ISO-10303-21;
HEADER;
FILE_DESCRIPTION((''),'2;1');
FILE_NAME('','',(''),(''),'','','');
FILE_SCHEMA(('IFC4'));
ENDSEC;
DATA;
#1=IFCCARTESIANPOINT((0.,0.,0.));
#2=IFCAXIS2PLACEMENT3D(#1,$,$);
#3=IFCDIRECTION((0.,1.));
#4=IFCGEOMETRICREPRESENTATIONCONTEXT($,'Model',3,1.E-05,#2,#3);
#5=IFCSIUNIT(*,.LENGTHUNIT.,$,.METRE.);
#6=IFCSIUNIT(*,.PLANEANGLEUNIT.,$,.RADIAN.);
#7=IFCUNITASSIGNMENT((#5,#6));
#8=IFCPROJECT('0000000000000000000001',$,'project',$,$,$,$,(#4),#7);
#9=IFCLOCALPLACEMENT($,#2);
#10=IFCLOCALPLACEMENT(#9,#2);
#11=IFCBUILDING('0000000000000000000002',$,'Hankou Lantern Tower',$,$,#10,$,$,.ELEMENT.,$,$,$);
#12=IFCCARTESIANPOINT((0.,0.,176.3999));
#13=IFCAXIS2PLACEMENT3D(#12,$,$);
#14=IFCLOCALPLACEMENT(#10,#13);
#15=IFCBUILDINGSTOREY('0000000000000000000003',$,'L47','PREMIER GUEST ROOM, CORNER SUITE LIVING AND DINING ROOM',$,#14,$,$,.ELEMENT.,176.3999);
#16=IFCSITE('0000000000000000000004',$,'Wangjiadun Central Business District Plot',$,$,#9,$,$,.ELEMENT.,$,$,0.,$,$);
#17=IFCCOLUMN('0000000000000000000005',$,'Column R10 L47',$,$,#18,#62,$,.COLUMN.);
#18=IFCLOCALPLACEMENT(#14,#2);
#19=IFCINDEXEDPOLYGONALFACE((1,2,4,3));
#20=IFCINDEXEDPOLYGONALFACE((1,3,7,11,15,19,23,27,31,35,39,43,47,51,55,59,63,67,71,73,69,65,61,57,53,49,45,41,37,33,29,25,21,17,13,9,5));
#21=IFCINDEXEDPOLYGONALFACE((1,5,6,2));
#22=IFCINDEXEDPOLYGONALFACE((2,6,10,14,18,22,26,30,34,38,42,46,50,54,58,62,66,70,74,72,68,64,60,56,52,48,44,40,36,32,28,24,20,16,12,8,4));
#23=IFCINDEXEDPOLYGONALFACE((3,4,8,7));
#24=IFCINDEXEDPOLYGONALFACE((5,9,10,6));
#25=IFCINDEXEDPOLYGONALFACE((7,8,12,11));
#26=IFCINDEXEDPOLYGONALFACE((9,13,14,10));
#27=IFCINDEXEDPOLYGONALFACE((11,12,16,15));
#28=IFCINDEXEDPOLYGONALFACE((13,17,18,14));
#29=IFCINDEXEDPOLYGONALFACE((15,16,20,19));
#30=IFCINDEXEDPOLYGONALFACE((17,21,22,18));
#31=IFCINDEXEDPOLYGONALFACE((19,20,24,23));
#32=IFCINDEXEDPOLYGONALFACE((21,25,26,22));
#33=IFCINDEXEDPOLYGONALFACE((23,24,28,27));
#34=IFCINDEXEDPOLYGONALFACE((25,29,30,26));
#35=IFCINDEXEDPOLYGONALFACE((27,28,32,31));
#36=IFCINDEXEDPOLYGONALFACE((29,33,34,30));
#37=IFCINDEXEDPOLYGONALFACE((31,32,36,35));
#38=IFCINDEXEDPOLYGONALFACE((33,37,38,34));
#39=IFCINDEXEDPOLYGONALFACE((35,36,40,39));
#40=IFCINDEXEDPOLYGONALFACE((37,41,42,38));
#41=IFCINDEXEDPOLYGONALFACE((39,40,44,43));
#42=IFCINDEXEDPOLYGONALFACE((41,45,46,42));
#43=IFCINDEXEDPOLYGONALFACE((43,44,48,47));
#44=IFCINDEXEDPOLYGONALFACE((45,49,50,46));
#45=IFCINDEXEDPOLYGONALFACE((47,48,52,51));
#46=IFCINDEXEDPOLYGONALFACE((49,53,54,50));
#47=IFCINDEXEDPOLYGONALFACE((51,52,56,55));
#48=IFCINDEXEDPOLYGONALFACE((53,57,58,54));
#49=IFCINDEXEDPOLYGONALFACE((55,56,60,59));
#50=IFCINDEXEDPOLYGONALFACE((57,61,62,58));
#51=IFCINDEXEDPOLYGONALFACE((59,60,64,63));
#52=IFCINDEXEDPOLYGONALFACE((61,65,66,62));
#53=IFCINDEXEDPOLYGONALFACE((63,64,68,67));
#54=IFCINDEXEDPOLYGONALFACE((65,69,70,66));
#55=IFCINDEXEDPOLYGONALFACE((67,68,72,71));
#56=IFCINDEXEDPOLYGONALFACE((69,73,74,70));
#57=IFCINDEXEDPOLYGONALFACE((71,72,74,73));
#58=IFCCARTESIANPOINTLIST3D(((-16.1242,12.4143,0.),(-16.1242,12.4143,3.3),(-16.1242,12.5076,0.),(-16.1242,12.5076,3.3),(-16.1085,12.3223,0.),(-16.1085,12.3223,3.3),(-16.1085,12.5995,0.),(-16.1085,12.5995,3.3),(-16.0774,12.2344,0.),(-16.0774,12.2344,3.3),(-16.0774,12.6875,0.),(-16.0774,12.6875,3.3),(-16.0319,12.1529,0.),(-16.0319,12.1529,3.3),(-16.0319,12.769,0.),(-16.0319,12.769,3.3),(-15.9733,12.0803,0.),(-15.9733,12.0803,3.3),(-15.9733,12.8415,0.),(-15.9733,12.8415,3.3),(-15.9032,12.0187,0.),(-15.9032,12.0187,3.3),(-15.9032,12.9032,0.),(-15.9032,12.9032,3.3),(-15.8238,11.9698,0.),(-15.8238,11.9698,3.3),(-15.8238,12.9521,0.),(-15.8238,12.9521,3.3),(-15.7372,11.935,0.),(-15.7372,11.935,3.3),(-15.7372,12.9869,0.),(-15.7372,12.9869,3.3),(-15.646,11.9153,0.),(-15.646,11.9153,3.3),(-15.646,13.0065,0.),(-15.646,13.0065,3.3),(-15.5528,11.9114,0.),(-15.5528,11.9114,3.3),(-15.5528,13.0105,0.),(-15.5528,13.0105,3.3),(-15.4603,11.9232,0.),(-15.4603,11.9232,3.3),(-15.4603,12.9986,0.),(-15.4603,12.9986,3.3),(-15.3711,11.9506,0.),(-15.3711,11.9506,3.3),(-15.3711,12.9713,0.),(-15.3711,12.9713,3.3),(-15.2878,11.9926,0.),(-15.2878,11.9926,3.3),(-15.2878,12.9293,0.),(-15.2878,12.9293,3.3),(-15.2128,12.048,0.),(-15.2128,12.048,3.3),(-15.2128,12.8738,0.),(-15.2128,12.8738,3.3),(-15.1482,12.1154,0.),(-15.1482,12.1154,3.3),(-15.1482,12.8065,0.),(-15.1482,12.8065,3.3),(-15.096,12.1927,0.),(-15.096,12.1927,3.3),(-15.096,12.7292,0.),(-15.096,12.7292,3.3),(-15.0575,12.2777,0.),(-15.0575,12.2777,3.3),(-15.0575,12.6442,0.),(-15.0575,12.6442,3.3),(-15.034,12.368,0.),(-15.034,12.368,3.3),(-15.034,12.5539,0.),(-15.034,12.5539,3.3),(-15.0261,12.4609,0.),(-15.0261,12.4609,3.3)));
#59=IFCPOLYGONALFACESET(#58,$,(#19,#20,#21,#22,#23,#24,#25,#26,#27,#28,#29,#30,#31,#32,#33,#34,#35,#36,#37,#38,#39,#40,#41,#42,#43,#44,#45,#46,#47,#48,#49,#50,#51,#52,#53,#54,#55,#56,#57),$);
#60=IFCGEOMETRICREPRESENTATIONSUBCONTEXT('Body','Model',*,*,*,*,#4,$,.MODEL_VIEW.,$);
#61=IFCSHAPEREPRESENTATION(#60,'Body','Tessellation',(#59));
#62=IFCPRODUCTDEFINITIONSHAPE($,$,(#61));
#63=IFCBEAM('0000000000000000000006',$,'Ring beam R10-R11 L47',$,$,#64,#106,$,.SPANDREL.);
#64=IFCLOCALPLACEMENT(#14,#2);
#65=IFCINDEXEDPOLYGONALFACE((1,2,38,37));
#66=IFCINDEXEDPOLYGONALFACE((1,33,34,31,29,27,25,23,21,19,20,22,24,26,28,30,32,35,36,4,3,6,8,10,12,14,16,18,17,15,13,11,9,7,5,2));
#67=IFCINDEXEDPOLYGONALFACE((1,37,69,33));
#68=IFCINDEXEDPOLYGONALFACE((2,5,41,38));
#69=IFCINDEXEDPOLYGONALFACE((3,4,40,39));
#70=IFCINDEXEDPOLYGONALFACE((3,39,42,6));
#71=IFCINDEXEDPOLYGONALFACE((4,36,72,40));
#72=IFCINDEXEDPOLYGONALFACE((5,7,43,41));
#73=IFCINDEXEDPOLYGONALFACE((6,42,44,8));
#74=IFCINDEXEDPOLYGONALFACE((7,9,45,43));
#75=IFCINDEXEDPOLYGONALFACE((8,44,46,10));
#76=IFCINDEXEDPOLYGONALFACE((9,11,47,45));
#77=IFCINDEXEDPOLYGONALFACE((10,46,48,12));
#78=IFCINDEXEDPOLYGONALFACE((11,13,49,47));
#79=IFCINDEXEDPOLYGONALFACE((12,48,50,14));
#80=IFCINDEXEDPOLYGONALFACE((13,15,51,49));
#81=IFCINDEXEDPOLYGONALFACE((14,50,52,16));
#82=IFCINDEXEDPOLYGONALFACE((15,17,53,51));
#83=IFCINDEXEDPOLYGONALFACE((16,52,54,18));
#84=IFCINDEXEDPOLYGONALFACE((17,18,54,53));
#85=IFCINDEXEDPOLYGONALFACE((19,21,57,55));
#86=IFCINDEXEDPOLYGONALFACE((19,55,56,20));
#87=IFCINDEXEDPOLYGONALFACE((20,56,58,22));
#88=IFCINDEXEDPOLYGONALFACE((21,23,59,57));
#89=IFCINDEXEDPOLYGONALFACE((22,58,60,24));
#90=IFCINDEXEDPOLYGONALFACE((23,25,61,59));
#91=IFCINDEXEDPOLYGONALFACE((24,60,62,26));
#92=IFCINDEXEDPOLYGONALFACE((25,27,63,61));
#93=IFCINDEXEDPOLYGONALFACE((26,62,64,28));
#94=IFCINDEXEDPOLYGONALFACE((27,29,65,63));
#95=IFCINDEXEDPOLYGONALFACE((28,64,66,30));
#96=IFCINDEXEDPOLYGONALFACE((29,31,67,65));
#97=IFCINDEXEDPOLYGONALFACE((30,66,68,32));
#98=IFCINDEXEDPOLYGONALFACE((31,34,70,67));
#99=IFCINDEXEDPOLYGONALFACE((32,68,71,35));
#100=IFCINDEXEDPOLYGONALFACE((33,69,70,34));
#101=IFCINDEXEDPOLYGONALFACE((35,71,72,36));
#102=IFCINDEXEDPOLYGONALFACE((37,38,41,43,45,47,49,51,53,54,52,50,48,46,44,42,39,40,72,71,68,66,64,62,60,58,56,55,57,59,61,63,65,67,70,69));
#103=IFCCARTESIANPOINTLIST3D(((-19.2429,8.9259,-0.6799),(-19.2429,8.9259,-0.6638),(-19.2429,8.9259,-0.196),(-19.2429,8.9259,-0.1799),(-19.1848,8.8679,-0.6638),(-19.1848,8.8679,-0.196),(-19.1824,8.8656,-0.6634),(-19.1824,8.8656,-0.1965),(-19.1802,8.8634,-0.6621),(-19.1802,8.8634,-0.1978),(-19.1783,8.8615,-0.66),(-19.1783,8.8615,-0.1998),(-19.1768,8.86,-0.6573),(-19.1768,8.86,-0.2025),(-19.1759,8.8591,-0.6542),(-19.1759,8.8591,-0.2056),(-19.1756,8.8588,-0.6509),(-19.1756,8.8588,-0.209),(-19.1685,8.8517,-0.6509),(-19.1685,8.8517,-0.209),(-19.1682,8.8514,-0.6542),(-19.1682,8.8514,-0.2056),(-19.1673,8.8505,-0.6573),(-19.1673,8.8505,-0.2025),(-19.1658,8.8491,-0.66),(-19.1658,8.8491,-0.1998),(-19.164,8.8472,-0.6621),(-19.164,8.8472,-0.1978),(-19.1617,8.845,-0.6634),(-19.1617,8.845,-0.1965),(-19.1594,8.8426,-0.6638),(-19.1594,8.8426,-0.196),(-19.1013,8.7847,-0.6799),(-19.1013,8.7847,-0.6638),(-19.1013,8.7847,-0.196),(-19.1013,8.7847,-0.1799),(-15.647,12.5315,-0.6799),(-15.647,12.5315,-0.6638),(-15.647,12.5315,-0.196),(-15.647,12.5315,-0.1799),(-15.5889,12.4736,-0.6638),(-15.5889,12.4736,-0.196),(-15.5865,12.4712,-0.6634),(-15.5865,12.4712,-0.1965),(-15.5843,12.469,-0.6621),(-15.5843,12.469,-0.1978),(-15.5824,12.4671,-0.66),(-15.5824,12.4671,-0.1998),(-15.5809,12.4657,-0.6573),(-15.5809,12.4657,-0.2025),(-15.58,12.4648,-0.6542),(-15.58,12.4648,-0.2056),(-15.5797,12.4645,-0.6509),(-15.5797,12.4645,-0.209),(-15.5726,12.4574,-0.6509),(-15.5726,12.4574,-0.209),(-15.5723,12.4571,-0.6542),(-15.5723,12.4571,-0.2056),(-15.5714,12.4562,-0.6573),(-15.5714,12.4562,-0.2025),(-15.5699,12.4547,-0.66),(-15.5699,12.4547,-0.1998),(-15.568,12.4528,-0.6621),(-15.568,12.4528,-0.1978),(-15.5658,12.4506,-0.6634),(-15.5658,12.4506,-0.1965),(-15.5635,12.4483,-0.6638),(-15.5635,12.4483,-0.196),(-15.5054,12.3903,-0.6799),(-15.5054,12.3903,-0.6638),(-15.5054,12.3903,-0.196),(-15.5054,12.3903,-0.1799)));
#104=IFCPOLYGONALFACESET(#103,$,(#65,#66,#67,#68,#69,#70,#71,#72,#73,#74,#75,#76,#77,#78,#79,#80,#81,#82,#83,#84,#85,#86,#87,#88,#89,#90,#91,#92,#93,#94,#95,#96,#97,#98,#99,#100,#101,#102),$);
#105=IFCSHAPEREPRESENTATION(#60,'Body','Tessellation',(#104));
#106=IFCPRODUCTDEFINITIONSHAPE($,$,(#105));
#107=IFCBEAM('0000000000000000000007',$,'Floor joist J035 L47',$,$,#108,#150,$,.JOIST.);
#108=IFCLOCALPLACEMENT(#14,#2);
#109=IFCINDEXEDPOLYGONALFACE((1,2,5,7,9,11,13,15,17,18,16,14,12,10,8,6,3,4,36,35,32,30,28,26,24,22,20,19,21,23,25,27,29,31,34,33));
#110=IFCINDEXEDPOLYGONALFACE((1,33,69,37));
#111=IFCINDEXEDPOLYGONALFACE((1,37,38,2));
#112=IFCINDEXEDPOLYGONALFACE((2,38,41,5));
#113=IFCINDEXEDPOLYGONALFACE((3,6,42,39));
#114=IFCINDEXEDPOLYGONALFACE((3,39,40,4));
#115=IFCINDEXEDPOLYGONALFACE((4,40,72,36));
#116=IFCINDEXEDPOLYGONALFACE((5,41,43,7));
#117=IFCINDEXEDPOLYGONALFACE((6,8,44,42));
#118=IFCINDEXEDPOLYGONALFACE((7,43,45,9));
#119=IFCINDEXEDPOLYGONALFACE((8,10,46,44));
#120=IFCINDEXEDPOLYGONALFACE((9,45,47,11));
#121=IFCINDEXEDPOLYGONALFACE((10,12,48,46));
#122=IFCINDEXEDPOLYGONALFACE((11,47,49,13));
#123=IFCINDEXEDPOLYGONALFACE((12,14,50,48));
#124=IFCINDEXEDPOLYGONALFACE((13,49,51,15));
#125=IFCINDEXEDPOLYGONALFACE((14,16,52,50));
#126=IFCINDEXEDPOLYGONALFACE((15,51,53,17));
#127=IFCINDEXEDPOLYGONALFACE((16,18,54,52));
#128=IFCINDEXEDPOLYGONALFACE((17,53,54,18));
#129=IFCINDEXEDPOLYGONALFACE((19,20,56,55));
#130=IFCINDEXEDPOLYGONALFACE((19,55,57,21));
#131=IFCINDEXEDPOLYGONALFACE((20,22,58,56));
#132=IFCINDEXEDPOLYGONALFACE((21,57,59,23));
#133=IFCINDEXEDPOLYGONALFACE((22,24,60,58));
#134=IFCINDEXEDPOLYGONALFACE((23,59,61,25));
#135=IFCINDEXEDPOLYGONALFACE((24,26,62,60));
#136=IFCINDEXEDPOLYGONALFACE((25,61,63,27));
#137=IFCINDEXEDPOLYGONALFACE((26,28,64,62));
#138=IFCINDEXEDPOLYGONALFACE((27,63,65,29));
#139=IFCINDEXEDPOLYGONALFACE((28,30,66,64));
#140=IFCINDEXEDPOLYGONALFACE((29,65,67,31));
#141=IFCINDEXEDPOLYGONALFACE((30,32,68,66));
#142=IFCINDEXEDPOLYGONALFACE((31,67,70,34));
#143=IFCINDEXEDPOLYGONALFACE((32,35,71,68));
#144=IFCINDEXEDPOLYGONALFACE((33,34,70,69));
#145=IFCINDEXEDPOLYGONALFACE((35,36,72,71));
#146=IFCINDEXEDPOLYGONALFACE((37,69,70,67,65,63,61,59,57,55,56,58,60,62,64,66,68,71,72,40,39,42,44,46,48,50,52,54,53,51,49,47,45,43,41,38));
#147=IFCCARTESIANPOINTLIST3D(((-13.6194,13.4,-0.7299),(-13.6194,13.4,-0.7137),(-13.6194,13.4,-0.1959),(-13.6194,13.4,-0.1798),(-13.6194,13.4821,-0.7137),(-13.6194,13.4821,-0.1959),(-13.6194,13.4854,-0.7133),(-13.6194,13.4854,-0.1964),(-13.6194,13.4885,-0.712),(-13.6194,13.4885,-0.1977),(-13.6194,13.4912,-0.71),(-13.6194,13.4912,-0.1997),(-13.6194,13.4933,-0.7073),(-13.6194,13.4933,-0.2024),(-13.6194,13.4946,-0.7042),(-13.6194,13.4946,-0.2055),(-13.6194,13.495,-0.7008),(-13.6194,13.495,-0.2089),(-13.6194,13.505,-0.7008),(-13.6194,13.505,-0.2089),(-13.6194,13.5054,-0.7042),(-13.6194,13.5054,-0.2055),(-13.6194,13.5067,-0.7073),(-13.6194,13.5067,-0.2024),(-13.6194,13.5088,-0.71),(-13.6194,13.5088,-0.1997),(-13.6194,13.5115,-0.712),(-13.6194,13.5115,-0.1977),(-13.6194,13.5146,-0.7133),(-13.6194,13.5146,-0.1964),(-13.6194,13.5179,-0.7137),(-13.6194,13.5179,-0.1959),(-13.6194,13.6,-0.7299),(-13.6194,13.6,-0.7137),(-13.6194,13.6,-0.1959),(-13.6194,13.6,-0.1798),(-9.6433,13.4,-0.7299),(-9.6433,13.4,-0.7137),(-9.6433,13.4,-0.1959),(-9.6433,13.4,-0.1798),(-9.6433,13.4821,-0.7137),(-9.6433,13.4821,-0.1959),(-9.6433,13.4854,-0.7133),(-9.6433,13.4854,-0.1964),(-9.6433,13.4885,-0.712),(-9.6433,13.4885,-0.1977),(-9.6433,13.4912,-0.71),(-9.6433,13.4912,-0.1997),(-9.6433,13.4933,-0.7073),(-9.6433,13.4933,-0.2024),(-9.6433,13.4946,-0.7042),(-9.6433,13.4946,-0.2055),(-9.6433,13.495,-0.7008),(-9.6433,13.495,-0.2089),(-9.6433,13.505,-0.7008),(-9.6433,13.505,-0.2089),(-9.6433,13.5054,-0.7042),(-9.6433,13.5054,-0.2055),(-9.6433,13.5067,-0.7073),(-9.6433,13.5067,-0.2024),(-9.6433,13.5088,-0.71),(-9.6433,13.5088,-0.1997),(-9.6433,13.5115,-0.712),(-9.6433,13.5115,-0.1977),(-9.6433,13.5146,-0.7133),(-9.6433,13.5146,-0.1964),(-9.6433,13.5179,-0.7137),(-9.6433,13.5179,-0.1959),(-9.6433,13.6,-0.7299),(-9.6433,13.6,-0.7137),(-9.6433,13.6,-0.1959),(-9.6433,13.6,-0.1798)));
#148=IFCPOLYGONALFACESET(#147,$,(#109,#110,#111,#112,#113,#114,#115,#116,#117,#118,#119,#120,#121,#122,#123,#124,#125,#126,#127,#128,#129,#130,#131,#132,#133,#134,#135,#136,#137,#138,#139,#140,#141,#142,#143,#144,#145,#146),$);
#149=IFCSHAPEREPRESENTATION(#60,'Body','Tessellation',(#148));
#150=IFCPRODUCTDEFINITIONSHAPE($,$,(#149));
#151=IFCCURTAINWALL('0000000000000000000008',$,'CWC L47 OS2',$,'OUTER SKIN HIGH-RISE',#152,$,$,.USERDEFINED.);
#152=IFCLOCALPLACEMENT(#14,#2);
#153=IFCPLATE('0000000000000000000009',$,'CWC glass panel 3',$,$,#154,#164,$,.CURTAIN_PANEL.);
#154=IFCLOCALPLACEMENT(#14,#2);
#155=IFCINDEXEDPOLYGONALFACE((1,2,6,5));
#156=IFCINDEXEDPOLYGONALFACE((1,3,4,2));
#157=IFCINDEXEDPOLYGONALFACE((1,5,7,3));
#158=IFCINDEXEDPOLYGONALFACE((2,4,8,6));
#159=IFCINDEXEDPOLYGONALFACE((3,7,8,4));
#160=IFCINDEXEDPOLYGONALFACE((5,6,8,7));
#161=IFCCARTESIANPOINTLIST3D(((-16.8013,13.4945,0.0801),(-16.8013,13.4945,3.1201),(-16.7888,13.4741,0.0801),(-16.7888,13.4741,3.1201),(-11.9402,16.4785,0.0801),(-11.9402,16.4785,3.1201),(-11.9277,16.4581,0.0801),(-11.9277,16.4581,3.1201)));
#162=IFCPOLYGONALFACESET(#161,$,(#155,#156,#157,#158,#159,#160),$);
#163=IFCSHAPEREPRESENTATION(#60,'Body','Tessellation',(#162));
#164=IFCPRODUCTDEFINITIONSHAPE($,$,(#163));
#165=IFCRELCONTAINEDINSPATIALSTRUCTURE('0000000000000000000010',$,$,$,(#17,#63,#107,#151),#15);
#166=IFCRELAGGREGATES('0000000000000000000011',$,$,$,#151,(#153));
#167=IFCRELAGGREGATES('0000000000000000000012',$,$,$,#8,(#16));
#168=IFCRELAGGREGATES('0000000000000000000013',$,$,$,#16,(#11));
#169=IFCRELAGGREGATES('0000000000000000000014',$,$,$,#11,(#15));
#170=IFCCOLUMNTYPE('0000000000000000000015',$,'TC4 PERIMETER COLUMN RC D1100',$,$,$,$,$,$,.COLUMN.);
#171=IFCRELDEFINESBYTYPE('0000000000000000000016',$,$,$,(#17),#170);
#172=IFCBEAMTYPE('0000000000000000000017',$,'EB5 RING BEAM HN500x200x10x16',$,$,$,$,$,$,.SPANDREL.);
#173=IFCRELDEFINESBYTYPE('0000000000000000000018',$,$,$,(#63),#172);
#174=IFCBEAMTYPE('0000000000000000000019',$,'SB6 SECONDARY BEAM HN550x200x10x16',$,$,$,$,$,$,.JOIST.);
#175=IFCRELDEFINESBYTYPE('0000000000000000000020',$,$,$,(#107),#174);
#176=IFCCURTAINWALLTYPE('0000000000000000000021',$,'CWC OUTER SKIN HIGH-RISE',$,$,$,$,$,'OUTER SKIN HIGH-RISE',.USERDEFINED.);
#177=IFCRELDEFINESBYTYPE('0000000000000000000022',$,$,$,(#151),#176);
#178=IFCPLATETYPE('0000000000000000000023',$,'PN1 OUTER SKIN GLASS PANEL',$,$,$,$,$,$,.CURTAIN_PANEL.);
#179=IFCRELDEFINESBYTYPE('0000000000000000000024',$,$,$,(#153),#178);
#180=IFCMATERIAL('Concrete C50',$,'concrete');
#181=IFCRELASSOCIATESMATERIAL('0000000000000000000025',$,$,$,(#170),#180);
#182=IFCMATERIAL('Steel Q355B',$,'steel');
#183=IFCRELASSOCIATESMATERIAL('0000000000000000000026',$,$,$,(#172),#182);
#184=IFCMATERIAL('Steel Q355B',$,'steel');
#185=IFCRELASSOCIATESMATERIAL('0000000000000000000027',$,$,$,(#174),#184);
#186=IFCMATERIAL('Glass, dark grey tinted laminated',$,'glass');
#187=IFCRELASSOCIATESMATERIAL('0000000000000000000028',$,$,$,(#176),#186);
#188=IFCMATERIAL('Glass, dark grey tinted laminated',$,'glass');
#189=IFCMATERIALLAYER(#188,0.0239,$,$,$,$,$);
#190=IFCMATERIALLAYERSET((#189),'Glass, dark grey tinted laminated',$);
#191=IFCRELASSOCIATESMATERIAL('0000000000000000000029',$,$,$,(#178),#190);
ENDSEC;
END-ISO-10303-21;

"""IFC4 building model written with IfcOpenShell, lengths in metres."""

from ifc_helpers import new_model, si_unit, direction, frame, origin, origin_2d, place, context, subcontext, project, spatial, rectangle, circle, i_section, extrude, material, layer, layer_set, material_profile, profile_set, type_object, element, aggregate, save


model = new_model("IFC4")

# Units and contexts
model_context = context("Model", 3, precision=1e-05, world=origin(), true_north=direction((0.0, 1.0)))
body_context = subcontext(model_context, "Body", "Model", "MODEL_VIEW")
ifc_project = project(units=[si_unit("LENGTHUNIT", "METRE"), si_unit("PLANEANGLEUNIT", "RADIAN")], contexts=[model_context])

# Site, building, storey
site_placement = place(None, origin())
site = spatial("IfcSite", under=ifc_project, at=site_placement, Name="Wangjiadun Central Business District Plot", CompositionType="ELEMENT", RefElevation=0.0)
building_placement = place(site_placement, origin())
building = spatial("IfcBuilding", under=site, at=building_placement, Name="Hankou Lantern Tower", CompositionType="ELEMENT")
storey_placement = place(building_placement, frame((0.0, 0.0, 176.3999)))
storey = spatial("IfcBuildingStorey", under=building, at=storey_placement, Name="L47", Description="PREMIER GUEST ROOM, CORNER SUITE LIVING AND DINING ROOM", CompositionType="ELEMENT", Elevation=176.3999)

# Column
ifc_material_1 = material(Name="Concrete C50", Category="concrete")
ifc_material_profile_1 = material_profile(ifc_material_1, circle(Radius=0.55, at=origin_2d()), Name="RC D1100")
ifc_profile_set_1 = profile_set([ifc_material_profile_1], Name="Concrete C50")
column_type = type_object("IfcColumnType", Name="TC4 PERIMETER COLUMN RC D1100", PredefinedType="COLUMN", material=ifc_profile_set_1)
column_placement = place(storey_placement, frame((-15.5762, 12.4609, 0.0), z_axis=(0.0, 0.0, 1.0), x_axis=(1.0, 0.0, 0.0)))
element("IfcColumn", 1, at=column_placement, inside=storey, type_object=column_type, Name="Column R10 L47", PredefinedType="COLUMN", context=body_context, shape_type="SweptSolid", body=[
    extrude(circle(Radius=0.55, at=origin_2d()), origin(), (0.0, 0.0, 1.0), 3.3),
])

# Beams
ifc_material_2 = material(Name="Steel Q355B", Category="steel")
ifc_material_profile_2 = material_profile(ifc_material_2, i_section(OverallWidth=0.2, OverallDepth=0.5, WebThickness=0.01, FlangeThickness=0.0161, FilletRadius=0.0129, at=origin_2d()), Name="HN500x200x10x16")
ifc_profile_set_2 = profile_set([ifc_material_profile_2], Name="Steel Q355B")
beam_type_1 = type_object("IfcBeamType", Name="EB5 RING BEAM HN500x200x10x16", PredefinedType="SPANDREL", material=ifc_profile_set_2)
beam_1_placement = place(storey_placement, frame((-15.5762, 12.4609, -0.4299), z_axis=(-0.706147, -0.708065, 0.0), x_axis=(0.708065, -0.706147, 0.0)))
element("IfcBeam", 2, at=beam_1_placement, inside=storey, type_object=beam_type_1, Name="Ring beam R10-R11 L47", PredefinedType="SPANDREL", context=body_context, shape_type="SweptSolid", body=[
    extrude(i_section(OverallWidth=0.2, OverallDepth=0.5, WebThickness=0.01, FlangeThickness=0.0161, FilletRadius=0.0129, at=origin_2d()), origin(), (0.0, 0.0, 1.0), 5.0923),
])
ifc_material_3 = material(Name="Steel Q355B", Category="steel")
ifc_material_profile_3 = material_profile(ifc_material_3, i_section(OverallWidth=0.2, OverallDepth=0.55, WebThickness=0.01, FlangeThickness=0.0161, FilletRadius=0.0129, at=origin_2d()), Name="HN550x200x10x16")
ifc_profile_set_3 = profile_set([ifc_material_profile_3], Name="Steel Q355B")
beam_type_2 = type_object("IfcBeamType", Name="SB6 SECONDARY BEAM HN550x200x10x16", PredefinedType="JOIST", material=ifc_profile_set_3)
beam_2_placement = place(storey_placement, frame((-13.6194, 13.5, -0.4548), z_axis=(1.0, 0.0, 0.0), x_axis=(0.0, 1.0, 0.0)))
element("IfcBeam", 3, at=beam_2_placement, inside=storey, type_object=beam_type_2, Name="Floor joist J035 L47", PredefinedType="JOIST", context=body_context, shape_type="SweptSolid", body=[
    extrude(i_section(OverallWidth=0.2, OverallDepth=0.55, WebThickness=0.01, FlangeThickness=0.0161, FilletRadius=0.0129, at=origin_2d()), origin(), (0.0, 0.0, 1.0), 3.9761),
])

# Curtain wall, plate
ifc_material_4 = material(Name="Glass, dark grey tinted laminated", Category="glass")
curtain_wall_type = type_object("IfcCurtainWallType", Name="CWC OUTER SKIN HIGH-RISE", ElementType="OUTER SKIN HIGH-RISE", PredefinedType="USERDEFINED", material=ifc_material_4)
curtain_wall_placement = place(storey_placement, origin())
curtain_wall = element("IfcCurtainWall", 4, at=curtain_wall_placement, inside=storey, type_object=curtain_wall_type, Name="CWC L47 OS2", ObjectType="OUTER SKIN HIGH-RISE", PredefinedType="USERDEFINED")
ifc_material_5 = material(Name="Glass, dark grey tinted laminated", Category="glass")
ifc_layer_1 = layer(ifc_material_5, 0.0239)
ifc_layer_set_1 = layer_set([ifc_layer_1], Name="Glass, dark grey tinted laminated")
plate_type = type_object("IfcPlateType", Name="PN1 OUTER SKIN GLASS PANEL", PredefinedType="CURTAIN_PANEL", material=ifc_layer_set_1)
plate_placement = place(storey_placement, frame((-14.3645, 14.9763, 0.0801), z_axis=(0.0, 0.0, 1.0), x_axis=(-0.852237, -0.523156, 0.0)))
plate = element("IfcPlate", 5, at=plate_placement, type_object=plate_type, Name="CWC glass panel 3", PredefinedType="CURTAIN_PANEL", context=body_context, shape_type="SweptSolid", body=[
    extrude(rectangle(XDim=5.7039, YDim=0.0239, at=origin_2d()), origin(), (0.0, 0.0, 1.0), 3.04),
])
aggregate(curtain_wall, [plate])

save(model, "model.ifc")
